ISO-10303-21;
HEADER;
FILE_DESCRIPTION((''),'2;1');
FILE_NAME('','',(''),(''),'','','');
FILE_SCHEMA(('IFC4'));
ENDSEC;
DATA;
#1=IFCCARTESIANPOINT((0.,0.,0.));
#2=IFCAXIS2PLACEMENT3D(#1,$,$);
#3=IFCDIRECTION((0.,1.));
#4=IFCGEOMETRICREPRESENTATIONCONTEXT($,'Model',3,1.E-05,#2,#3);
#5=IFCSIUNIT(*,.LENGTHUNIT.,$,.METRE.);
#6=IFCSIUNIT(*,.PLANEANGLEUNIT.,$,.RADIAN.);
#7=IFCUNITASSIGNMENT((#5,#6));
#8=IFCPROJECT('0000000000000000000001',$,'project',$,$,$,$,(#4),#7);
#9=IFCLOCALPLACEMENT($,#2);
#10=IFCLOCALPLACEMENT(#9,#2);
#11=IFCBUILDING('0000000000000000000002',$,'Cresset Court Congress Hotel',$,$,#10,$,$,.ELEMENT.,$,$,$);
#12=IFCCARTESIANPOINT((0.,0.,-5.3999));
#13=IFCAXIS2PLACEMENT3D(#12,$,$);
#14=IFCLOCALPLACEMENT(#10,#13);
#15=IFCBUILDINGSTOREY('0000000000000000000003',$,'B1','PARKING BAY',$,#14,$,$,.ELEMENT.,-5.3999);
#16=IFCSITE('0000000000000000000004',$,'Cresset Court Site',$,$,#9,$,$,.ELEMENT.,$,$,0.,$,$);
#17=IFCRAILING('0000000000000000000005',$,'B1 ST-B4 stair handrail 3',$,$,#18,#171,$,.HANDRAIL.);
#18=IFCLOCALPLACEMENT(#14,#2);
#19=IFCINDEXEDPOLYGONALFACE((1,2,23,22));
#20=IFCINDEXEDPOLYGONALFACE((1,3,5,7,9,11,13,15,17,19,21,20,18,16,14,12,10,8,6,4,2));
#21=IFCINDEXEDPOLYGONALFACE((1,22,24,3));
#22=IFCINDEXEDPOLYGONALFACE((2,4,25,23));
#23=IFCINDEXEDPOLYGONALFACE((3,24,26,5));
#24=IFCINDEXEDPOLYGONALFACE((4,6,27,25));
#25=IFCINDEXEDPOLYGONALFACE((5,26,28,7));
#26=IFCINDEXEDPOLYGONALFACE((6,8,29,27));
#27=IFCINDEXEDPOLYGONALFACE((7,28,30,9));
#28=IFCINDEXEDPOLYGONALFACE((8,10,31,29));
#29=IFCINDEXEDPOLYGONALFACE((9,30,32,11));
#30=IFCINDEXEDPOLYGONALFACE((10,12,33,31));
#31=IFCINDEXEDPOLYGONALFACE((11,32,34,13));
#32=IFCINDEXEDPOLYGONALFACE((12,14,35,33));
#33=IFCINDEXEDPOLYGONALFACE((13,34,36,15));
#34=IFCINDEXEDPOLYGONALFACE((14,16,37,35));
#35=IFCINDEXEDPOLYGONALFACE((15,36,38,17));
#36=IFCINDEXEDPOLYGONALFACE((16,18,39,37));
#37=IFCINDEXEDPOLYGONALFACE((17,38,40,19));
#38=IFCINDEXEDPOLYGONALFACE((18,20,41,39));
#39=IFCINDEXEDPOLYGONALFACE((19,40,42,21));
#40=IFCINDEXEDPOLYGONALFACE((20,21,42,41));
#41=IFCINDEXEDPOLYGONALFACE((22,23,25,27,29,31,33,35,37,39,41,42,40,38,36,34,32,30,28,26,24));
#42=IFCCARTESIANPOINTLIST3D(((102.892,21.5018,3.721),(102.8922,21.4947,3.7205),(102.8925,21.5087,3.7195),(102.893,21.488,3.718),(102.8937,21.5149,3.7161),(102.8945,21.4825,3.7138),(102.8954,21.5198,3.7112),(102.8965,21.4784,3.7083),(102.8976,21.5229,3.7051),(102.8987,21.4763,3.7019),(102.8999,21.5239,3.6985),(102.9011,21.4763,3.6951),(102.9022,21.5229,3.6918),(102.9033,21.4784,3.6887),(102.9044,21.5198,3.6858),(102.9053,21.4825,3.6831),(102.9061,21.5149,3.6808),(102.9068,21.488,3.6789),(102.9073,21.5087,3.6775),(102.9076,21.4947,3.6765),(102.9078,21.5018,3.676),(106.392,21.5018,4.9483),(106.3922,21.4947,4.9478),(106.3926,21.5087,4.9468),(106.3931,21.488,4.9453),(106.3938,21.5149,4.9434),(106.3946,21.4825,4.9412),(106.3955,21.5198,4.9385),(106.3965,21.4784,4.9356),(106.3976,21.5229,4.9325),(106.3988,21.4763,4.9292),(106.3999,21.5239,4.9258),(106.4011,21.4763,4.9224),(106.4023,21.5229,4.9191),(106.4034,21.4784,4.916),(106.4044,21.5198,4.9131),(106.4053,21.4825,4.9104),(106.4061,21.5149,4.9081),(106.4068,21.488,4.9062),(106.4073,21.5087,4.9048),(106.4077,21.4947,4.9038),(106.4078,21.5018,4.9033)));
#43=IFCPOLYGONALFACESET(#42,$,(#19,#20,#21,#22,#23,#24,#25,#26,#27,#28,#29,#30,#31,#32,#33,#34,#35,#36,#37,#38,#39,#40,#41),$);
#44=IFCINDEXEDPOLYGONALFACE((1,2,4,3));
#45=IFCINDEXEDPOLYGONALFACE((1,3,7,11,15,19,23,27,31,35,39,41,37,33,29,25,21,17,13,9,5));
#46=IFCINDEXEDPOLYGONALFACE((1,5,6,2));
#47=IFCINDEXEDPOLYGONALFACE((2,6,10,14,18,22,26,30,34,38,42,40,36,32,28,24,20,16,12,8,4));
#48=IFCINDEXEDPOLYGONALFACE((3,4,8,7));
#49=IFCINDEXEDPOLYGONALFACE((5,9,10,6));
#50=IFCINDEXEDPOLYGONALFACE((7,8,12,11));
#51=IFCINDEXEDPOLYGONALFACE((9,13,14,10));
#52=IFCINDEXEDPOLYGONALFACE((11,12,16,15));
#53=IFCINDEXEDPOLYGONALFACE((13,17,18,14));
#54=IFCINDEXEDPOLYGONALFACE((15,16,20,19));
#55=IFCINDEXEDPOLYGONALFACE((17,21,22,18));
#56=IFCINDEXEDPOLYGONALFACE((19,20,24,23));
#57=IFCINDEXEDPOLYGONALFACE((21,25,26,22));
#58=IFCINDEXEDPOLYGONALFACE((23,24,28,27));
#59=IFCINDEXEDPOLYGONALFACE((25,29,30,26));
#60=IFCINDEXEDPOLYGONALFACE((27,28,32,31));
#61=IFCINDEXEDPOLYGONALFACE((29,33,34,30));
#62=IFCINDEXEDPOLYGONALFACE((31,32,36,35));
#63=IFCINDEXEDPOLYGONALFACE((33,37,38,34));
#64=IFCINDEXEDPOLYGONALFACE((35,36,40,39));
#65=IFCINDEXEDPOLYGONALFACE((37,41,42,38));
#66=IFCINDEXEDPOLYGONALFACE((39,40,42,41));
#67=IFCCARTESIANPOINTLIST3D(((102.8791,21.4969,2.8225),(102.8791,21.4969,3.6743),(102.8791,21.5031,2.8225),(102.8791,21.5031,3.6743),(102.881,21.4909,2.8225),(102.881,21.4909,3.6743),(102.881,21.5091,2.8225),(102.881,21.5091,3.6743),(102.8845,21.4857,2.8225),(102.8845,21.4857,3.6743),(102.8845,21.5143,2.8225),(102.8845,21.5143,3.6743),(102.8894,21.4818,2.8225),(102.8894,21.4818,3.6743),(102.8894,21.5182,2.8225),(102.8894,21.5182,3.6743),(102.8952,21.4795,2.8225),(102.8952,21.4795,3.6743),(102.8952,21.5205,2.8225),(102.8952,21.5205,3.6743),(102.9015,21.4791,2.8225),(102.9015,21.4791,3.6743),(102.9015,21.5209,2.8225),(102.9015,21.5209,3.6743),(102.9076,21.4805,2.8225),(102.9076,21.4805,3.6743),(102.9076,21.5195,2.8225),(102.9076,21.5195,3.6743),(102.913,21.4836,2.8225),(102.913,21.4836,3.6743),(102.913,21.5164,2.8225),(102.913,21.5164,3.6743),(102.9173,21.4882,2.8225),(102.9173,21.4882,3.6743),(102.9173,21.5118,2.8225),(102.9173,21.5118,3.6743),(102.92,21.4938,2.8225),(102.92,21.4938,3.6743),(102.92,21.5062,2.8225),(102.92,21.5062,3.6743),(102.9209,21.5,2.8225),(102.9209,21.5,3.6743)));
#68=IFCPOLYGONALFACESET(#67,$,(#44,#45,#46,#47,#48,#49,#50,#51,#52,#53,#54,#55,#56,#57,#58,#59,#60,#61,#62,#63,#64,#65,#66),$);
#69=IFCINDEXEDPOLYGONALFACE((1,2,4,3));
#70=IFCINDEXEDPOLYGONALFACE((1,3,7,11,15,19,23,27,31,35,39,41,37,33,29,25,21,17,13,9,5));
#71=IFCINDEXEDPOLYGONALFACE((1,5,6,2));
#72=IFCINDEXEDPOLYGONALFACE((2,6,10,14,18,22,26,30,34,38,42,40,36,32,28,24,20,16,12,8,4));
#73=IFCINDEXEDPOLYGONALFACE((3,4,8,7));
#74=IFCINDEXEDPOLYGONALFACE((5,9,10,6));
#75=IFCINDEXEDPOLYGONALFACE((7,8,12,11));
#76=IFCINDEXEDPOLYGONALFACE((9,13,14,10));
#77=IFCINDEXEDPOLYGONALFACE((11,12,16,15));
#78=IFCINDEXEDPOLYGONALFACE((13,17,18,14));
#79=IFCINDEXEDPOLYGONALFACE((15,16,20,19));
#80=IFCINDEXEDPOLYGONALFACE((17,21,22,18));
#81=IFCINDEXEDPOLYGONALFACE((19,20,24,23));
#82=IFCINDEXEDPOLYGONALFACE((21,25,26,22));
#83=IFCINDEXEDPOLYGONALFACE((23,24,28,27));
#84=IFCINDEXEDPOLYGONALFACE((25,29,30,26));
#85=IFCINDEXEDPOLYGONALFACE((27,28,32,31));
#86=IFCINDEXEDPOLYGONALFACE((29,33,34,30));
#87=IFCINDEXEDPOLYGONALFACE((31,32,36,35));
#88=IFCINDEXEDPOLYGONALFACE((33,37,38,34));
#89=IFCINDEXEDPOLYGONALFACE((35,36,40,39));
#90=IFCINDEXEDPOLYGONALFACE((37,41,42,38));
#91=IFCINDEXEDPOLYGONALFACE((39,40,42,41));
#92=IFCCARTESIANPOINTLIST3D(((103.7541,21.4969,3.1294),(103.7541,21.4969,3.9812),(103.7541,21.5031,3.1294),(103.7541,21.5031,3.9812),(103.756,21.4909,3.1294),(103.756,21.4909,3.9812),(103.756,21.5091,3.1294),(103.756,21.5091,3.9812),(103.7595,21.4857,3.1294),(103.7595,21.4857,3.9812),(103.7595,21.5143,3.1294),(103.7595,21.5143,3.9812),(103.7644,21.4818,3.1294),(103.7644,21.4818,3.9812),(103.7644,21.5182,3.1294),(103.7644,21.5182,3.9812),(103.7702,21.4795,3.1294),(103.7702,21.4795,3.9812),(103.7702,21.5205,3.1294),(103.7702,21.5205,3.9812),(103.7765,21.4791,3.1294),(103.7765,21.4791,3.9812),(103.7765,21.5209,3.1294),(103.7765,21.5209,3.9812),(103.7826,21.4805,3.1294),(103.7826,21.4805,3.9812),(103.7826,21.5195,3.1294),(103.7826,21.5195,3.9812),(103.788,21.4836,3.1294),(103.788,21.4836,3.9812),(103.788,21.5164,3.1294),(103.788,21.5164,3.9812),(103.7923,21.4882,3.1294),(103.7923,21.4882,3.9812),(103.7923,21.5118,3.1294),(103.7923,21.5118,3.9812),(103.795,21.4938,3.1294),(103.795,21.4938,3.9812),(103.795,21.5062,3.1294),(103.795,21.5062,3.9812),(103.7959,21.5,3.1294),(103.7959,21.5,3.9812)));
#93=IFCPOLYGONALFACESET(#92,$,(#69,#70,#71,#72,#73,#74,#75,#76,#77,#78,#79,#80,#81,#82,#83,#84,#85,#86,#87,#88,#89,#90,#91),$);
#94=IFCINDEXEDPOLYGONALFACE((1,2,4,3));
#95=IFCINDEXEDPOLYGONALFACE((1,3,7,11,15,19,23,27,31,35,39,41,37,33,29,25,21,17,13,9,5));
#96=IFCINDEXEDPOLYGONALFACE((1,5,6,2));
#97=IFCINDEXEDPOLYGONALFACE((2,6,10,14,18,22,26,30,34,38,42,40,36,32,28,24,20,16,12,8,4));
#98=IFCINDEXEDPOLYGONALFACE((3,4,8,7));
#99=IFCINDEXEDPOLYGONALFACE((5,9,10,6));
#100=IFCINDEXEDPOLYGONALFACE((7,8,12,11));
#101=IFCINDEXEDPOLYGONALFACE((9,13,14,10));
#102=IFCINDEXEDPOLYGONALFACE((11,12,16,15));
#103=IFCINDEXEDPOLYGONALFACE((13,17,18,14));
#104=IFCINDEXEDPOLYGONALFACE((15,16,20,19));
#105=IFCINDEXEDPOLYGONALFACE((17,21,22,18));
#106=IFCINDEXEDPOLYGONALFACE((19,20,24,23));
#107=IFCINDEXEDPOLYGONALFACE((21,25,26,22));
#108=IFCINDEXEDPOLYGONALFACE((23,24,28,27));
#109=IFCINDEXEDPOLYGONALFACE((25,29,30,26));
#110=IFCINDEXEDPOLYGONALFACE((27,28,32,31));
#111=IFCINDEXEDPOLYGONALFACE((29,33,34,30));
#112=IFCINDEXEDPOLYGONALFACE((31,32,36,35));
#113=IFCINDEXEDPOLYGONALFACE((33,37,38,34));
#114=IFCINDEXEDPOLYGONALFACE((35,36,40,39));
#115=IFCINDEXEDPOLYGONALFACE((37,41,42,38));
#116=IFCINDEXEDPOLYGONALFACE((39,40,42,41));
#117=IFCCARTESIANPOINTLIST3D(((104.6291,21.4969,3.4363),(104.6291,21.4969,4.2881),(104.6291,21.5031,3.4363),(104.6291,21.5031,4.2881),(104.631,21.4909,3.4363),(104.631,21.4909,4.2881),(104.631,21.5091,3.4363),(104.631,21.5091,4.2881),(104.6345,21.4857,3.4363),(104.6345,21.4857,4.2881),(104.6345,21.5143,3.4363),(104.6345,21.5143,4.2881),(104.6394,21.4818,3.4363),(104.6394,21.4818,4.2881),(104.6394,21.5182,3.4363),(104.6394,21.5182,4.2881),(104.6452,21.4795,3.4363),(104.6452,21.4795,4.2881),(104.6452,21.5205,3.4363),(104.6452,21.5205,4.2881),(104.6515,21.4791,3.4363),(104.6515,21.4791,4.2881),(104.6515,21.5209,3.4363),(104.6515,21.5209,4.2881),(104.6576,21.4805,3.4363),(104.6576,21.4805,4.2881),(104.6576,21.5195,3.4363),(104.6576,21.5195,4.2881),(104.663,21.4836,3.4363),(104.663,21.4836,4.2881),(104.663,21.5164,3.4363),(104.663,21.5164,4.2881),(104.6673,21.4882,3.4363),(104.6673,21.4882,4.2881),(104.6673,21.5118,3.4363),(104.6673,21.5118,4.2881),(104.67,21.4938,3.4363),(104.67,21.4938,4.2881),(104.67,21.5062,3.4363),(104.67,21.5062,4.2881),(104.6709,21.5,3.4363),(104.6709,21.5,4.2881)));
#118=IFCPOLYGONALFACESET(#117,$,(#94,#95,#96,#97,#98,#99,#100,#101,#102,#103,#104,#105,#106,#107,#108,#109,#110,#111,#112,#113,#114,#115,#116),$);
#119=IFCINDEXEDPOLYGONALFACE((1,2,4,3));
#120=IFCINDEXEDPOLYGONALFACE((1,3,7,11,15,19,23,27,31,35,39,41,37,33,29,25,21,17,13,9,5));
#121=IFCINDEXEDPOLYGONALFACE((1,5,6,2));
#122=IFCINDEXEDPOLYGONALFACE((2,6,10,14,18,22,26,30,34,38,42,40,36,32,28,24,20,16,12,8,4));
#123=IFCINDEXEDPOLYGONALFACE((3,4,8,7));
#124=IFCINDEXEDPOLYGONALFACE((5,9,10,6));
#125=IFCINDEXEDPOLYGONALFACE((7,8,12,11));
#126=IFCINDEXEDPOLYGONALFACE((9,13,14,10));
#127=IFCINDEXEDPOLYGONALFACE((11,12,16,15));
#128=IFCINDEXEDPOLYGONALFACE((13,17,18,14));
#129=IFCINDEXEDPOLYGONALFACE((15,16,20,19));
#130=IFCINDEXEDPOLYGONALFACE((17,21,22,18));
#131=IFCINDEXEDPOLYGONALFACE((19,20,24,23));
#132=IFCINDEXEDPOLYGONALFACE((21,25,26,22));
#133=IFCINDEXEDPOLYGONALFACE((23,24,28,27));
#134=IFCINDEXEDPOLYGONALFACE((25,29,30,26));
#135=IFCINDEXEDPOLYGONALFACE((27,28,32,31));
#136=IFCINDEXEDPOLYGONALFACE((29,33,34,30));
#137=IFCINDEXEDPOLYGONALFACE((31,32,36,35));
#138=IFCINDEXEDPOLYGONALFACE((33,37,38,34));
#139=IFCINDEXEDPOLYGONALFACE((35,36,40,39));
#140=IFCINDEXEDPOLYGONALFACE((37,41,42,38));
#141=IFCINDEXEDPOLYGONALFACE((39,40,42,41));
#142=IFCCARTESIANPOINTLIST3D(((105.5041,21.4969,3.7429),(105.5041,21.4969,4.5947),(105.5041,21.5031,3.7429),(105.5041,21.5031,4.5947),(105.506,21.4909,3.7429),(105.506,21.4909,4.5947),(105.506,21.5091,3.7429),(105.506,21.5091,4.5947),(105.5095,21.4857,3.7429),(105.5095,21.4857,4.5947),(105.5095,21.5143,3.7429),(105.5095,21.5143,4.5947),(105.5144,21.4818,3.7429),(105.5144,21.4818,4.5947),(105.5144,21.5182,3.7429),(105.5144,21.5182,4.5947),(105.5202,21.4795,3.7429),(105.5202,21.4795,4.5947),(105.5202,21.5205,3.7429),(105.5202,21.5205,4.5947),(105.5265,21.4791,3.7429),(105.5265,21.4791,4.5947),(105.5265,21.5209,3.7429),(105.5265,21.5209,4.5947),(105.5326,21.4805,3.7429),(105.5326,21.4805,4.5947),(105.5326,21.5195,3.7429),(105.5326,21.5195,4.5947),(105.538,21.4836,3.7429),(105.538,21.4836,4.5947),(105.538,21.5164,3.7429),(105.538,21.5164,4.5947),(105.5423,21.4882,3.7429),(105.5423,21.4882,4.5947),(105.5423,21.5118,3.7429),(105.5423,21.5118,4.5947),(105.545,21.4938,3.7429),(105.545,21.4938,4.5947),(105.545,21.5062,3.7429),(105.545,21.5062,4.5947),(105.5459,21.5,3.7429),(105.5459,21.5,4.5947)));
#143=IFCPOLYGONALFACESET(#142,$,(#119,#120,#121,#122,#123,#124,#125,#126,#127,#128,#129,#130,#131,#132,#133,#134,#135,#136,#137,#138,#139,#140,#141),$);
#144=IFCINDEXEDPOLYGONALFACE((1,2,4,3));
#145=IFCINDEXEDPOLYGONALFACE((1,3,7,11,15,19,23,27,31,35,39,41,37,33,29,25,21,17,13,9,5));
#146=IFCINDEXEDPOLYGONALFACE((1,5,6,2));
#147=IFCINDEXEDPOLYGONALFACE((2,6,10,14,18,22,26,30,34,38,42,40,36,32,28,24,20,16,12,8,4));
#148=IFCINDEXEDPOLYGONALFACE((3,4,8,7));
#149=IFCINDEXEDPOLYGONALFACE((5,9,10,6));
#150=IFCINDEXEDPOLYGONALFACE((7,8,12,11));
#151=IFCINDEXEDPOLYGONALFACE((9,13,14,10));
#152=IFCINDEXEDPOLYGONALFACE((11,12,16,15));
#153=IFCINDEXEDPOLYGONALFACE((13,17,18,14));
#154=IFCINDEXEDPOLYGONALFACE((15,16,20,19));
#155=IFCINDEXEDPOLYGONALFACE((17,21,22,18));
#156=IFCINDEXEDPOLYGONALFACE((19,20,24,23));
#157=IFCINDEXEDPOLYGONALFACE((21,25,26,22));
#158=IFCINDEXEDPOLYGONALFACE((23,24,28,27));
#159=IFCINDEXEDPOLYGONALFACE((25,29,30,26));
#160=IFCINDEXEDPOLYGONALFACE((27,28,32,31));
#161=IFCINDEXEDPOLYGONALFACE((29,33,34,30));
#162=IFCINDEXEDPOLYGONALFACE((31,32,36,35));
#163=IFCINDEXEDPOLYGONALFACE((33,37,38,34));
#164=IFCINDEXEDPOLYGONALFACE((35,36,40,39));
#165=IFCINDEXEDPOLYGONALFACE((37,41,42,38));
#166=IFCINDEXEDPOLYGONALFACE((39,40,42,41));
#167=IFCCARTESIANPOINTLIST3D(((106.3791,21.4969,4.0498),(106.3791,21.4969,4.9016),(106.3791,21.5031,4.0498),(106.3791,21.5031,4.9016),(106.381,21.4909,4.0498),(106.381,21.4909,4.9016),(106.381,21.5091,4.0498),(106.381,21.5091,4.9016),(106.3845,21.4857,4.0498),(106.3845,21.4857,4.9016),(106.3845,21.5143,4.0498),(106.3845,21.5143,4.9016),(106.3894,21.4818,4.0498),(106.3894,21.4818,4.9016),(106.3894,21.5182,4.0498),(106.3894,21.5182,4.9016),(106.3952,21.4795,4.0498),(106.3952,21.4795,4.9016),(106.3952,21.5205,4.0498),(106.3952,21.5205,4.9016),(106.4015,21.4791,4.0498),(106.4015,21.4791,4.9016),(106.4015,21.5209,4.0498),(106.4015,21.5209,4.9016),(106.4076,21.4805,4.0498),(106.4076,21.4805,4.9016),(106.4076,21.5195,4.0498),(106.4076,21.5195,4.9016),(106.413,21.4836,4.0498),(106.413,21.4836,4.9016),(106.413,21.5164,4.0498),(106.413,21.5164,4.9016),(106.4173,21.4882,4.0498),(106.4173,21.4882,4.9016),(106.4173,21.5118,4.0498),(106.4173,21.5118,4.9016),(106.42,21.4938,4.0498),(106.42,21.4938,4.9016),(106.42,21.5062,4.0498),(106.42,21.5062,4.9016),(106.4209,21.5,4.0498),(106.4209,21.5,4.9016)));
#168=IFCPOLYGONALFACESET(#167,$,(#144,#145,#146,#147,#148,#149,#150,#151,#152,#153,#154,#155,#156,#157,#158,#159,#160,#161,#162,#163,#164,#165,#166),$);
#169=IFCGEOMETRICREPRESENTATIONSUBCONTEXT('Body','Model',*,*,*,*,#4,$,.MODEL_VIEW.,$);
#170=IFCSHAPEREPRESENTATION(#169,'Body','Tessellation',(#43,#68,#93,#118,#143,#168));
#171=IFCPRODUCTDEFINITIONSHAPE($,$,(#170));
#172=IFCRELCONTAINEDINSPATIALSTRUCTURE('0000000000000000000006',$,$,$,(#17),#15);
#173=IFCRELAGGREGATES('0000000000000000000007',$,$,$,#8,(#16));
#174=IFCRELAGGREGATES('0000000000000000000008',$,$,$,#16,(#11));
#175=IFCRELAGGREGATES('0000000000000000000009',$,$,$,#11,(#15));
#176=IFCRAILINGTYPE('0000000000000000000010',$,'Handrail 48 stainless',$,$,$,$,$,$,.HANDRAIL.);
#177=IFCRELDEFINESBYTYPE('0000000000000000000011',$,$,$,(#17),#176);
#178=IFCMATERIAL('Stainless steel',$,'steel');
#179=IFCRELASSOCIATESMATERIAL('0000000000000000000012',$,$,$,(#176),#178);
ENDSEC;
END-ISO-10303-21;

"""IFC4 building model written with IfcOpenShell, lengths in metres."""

from ifc_helpers import new_model, si_unit, direction, frame, origin, origin_2d, place, context, subcontext, project, spatial, circle, extrude, material, type_object, element, save


model = new_model("IFC4")

# Units and contexts
model_context = context("Model", 3, precision=1e-05, world=origin(), true_north=direction((0.0, 1.0)))
body_context = subcontext(model_context, "Body", "Model", "MODEL_VIEW")
ifc_project = project(units=[si_unit("LENGTHUNIT", "METRE"), si_unit("PLANEANGLEUNIT", "RADIAN")], contexts=[model_context])

# Site, building, storey
site_placement = place(None, origin())
site = spatial("IfcSite", under=ifc_project, at=site_placement, Name="Cresset Court Site", CompositionType="ELEMENT", RefElevation=0.0)
building_placement = place(site_placement, origin())
building = spatial("IfcBuilding", under=site, at=building_placement, Name="Cresset Court Congress Hotel", CompositionType="ELEMENT")
storey_placement = place(building_placement, frame((0.0, 0.0, -5.3999)))
storey = spatial("IfcBuildingStorey", under=building, at=storey_placement, Name="B1", Description="PARKING BAY", CompositionType="ELEMENT", Elevation=-5.3999)

# Railing
ifc_material_1 = material(Name="Stainless steel", Category="steel")
railing_type_1 = type_object("IfcRailingType", Name="Handrail 48 stainless", PredefinedType="HANDRAIL", material=ifc_material_1)
for number, where, name in (
    (1, (102.8999, 21.5, 2.8225), "B1 ST-B4 stair handrail 3"),
):
    element("IfcRailing", number, at=place(storey_placement, frame(where)), inside=storey, type_object=railing_type_1, Name=name, PredefinedType="HANDRAIL", context=body_context, shape_type="SweptSolid", body=[
        extrude(circle(Radius=0.0239, at=origin_2d()), frame((0.0, 0.0, 0.876), z_axis=(0.943665, 0.0, 0.330902), x_axis=(0.0, 1.0, 0.0)), (0.0, 0.0, 1.0), 3.709),
        extrude(circle(Radius=0.021, at=origin_2d()), origin(), (0.0, 0.0, 1.0), 0.8518),
        extrude(circle(Radius=0.021, at=origin_2d()), frame((0.875, 0.0, 0.3069)), (0.0, 0.0, 1.0), 0.8518),
        extrude(circle(Radius=0.021, at=origin_2d()), frame((1.75, 0.0, 0.6138)), (0.0, 0.0, 1.0), 0.8518),
        extrude(circle(Radius=0.021, at=origin_2d()), frame((2.625, 0.0, 0.9204)), (0.0, 0.0, 1.0), 0.8518),
        extrude(circle(Radius=0.021, at=origin_2d()), frame((3.5, 0.0, 1.2273)), (0.0, 0.0, 1.0), 0.8518),
    ])

save(model, "model.ifc")
